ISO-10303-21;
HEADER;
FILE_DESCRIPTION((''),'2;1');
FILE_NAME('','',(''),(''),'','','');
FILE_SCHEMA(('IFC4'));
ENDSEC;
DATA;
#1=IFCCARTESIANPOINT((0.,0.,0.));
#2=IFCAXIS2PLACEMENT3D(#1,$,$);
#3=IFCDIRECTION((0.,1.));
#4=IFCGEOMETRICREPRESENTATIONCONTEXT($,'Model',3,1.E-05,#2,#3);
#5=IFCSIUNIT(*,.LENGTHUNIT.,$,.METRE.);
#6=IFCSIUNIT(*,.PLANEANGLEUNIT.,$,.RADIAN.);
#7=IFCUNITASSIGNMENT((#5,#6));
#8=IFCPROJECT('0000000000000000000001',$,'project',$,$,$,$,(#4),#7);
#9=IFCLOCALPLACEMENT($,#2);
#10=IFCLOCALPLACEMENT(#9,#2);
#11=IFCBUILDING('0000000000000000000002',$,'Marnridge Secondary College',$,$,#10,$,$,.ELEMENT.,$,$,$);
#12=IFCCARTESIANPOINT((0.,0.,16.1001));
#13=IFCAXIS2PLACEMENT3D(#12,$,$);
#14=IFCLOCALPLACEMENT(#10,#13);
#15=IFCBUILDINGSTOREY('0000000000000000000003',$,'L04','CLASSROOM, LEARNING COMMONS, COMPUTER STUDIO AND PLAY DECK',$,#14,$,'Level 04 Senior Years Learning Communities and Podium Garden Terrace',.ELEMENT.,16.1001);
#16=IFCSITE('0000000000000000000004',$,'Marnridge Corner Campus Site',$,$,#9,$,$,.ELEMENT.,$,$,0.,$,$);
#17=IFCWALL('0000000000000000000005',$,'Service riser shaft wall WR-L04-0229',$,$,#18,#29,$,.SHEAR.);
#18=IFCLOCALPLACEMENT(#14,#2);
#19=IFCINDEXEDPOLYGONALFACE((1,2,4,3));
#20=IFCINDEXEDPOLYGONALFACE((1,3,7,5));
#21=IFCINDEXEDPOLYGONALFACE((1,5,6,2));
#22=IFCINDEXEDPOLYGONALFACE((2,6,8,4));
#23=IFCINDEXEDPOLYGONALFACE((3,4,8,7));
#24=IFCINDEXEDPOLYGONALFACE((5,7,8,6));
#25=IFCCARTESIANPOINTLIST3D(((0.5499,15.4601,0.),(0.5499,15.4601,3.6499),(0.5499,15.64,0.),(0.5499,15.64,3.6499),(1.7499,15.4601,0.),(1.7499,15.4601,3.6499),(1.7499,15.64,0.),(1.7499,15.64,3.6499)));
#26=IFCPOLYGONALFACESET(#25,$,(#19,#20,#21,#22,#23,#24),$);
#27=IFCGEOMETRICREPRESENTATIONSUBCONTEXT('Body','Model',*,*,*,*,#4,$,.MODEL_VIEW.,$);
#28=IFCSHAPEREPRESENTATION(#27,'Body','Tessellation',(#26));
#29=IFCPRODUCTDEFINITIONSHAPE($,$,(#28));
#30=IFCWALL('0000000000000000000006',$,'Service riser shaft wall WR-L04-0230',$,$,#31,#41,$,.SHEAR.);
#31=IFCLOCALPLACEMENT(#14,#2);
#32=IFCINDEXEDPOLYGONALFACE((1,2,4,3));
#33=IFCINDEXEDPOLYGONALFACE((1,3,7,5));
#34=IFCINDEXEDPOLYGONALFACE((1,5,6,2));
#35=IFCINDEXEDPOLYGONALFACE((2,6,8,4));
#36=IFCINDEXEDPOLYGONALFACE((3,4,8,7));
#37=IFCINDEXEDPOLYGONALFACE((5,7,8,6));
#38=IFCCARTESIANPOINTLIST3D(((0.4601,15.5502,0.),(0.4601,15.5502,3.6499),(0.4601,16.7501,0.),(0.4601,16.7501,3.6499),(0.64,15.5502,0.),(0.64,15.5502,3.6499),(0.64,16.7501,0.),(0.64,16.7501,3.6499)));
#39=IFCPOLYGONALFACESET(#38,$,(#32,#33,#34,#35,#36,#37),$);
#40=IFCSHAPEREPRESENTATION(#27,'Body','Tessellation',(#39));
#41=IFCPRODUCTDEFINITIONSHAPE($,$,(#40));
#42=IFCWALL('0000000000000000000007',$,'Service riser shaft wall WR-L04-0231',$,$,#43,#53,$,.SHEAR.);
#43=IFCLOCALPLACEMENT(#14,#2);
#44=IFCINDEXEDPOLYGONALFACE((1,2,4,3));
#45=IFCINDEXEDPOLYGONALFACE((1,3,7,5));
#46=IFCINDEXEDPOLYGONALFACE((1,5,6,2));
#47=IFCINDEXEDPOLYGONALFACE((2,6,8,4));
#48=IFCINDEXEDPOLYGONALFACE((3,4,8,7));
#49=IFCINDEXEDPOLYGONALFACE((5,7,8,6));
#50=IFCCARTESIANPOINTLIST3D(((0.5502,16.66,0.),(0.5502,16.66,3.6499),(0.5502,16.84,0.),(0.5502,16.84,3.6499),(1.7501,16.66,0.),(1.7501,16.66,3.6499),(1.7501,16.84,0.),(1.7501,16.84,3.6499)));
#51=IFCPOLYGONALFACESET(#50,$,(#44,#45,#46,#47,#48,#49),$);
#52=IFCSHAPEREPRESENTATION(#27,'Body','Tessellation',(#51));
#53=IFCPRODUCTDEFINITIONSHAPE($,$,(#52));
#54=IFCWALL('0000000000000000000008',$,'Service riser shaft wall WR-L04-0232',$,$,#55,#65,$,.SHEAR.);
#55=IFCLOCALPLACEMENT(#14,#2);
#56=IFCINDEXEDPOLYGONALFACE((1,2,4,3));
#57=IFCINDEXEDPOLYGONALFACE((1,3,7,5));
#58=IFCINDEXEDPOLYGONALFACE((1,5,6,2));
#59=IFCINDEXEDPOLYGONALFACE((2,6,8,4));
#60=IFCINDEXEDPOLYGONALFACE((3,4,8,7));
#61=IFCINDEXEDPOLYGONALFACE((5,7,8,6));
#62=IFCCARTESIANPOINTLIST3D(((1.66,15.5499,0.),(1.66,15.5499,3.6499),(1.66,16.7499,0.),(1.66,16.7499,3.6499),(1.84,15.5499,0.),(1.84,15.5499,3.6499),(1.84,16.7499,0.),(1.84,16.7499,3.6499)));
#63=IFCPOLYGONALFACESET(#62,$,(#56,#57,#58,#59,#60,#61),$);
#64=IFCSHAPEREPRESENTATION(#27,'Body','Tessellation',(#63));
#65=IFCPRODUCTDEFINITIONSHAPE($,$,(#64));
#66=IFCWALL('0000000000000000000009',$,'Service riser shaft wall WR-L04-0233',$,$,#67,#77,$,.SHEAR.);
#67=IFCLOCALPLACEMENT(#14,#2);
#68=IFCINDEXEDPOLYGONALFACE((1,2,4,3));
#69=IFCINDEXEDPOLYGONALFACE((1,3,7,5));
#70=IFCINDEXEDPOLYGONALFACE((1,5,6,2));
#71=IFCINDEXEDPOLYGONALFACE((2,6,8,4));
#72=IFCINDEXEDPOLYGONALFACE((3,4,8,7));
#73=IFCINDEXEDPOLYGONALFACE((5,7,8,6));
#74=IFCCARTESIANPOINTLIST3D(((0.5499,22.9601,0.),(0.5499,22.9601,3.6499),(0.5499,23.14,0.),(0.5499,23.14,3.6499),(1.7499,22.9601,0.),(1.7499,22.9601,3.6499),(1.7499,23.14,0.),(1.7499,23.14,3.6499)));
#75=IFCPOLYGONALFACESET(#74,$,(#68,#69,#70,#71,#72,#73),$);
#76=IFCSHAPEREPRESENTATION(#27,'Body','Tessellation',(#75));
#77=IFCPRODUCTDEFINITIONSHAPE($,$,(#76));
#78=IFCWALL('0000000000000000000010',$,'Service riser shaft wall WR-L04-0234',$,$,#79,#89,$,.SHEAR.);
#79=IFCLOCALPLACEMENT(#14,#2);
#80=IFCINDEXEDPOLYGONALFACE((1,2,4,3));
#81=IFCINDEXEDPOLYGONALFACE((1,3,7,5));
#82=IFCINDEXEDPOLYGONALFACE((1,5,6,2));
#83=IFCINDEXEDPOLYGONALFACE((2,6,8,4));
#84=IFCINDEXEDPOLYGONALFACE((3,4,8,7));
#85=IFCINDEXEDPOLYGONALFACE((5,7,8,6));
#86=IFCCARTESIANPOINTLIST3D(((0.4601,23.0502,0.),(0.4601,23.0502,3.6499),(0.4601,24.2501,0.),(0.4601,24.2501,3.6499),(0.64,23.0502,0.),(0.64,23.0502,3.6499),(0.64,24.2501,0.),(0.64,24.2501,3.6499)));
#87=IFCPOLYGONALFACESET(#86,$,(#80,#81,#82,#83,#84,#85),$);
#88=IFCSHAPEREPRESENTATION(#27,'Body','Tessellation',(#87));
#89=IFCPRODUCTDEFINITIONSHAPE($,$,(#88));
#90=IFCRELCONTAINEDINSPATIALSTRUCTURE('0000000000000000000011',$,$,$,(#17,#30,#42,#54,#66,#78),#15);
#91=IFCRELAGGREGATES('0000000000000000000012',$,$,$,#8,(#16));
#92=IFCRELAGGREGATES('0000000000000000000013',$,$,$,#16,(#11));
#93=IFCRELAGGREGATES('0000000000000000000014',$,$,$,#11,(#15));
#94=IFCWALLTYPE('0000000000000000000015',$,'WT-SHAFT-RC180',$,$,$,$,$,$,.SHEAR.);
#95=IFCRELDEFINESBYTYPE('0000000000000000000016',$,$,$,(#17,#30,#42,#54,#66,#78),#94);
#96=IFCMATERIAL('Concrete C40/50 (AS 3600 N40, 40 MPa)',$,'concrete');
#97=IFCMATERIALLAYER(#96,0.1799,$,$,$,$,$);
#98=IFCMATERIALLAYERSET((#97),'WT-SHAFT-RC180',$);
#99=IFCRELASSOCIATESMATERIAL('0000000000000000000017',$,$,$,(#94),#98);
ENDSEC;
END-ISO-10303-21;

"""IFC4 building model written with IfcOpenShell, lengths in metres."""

from ifc_helpers import new_model, si_unit, direction, frame, frame_2d, origin, place, context, subcontext, project, spatial, rectangle, extrude, material, layer, layer_set, type_object, element, save


model = new_model("IFC4")

# Units and contexts
model_context = context("Model", 3, precision=1e-05, world=origin(), true_north=direction((0.0, 1.0)))
body_context = subcontext(model_context, "Body", "Model", "MODEL_VIEW")
ifc_project = project(units=[si_unit("LENGTHUNIT", "METRE"), si_unit("PLANEANGLEUNIT", "RADIAN")], contexts=[model_context])

# Site, building, storey
site_placement = place(None, origin())
site = spatial("IfcSite", under=ifc_project, at=site_placement, Name="Marnridge Corner Campus Site", CompositionType="ELEMENT", RefElevation=0.0)
building_placement = place(site_placement, origin())
building = spatial("IfcBuilding", under=site, at=building_placement, Name="Marnridge Secondary College", CompositionType="ELEMENT")
storey_placement = place(building_placement, frame((0.0, 0.0, 16.1001)))
storey = spatial("IfcBuildingStorey", under=building, at=storey_placement, Name="L04", Description="CLASSROOM, LEARNING COMMONS, COMPUTER STUDIO AND PLAY DECK", LongName="Level 04 Senior Years Learning Communities and Podium Garden Terrace", CompositionType="ELEMENT", Elevation=16.1001)

# Walls
ifc_material_1 = material(Name="Concrete C40/50 (AS 3600 N40, 40 MPa)", Category="concrete")
ifc_layer_1 = layer(ifc_material_1, 0.1799)
ifc_layer_set_1 = layer_set([ifc_layer_1], Name="WT-SHAFT-RC180")
wall_type_1 = type_object("IfcWallType", Name="WT-SHAFT-RC180", PredefinedType="SHEAR", material=ifc_layer_set_1)
for number, where, z_axis, x_axis, name in (
    (1, (1.75, 15.55, 0.0), (0.0, 0.0, 1.0), (-1.0, 0.0, 0.0), "Service riser shaft wall WR-L04-0229"),
    (2, (0.55, 15.55, 0.0), (0.0, 0.0, 1.0), (0.0, 1.0, 0.0), "Service riser shaft wall WR-L04-0230"),
    (3, (0.55, 16.75, 0.0), (0.0, 0.0, 1.0), (1.0, 0.0, 0.0), "Service riser shaft wall WR-L04-0231"),
    (4, (1.75, 16.75, 0.0), (0.0, 0.0, 1.0), (0.0, -1.0, 0.0), "Service riser shaft wall WR-L04-0232"),
    (5, (1.75, 23.05, 0.0), (0.0, 0.0, 1.0), (-1.0, 0.0, 0.0), "Service riser shaft wall WR-L04-0233"),
    (6, (0.55, 23.05, 0.0), (0.0, 0.0, 1.0), (0.0, 1.0, 0.0), "Service riser shaft wall WR-L04-0234"),
):
    element("IfcWall", number, at=place(storey_placement, frame(where, z_axis=z_axis, x_axis=x_axis)), inside=storey, type_object=wall_type_1, Name=name, PredefinedType="SHEAR", context=body_context, shape_type="SweptSolid", body=[
        extrude(rectangle(XDim=1.2, YDim=0.1799, at=frame_2d((0.6001, 0.0))), origin(), (0.0, 0.0, 1.0), 3.6499),
    ])

save(model, "model.ifc")
